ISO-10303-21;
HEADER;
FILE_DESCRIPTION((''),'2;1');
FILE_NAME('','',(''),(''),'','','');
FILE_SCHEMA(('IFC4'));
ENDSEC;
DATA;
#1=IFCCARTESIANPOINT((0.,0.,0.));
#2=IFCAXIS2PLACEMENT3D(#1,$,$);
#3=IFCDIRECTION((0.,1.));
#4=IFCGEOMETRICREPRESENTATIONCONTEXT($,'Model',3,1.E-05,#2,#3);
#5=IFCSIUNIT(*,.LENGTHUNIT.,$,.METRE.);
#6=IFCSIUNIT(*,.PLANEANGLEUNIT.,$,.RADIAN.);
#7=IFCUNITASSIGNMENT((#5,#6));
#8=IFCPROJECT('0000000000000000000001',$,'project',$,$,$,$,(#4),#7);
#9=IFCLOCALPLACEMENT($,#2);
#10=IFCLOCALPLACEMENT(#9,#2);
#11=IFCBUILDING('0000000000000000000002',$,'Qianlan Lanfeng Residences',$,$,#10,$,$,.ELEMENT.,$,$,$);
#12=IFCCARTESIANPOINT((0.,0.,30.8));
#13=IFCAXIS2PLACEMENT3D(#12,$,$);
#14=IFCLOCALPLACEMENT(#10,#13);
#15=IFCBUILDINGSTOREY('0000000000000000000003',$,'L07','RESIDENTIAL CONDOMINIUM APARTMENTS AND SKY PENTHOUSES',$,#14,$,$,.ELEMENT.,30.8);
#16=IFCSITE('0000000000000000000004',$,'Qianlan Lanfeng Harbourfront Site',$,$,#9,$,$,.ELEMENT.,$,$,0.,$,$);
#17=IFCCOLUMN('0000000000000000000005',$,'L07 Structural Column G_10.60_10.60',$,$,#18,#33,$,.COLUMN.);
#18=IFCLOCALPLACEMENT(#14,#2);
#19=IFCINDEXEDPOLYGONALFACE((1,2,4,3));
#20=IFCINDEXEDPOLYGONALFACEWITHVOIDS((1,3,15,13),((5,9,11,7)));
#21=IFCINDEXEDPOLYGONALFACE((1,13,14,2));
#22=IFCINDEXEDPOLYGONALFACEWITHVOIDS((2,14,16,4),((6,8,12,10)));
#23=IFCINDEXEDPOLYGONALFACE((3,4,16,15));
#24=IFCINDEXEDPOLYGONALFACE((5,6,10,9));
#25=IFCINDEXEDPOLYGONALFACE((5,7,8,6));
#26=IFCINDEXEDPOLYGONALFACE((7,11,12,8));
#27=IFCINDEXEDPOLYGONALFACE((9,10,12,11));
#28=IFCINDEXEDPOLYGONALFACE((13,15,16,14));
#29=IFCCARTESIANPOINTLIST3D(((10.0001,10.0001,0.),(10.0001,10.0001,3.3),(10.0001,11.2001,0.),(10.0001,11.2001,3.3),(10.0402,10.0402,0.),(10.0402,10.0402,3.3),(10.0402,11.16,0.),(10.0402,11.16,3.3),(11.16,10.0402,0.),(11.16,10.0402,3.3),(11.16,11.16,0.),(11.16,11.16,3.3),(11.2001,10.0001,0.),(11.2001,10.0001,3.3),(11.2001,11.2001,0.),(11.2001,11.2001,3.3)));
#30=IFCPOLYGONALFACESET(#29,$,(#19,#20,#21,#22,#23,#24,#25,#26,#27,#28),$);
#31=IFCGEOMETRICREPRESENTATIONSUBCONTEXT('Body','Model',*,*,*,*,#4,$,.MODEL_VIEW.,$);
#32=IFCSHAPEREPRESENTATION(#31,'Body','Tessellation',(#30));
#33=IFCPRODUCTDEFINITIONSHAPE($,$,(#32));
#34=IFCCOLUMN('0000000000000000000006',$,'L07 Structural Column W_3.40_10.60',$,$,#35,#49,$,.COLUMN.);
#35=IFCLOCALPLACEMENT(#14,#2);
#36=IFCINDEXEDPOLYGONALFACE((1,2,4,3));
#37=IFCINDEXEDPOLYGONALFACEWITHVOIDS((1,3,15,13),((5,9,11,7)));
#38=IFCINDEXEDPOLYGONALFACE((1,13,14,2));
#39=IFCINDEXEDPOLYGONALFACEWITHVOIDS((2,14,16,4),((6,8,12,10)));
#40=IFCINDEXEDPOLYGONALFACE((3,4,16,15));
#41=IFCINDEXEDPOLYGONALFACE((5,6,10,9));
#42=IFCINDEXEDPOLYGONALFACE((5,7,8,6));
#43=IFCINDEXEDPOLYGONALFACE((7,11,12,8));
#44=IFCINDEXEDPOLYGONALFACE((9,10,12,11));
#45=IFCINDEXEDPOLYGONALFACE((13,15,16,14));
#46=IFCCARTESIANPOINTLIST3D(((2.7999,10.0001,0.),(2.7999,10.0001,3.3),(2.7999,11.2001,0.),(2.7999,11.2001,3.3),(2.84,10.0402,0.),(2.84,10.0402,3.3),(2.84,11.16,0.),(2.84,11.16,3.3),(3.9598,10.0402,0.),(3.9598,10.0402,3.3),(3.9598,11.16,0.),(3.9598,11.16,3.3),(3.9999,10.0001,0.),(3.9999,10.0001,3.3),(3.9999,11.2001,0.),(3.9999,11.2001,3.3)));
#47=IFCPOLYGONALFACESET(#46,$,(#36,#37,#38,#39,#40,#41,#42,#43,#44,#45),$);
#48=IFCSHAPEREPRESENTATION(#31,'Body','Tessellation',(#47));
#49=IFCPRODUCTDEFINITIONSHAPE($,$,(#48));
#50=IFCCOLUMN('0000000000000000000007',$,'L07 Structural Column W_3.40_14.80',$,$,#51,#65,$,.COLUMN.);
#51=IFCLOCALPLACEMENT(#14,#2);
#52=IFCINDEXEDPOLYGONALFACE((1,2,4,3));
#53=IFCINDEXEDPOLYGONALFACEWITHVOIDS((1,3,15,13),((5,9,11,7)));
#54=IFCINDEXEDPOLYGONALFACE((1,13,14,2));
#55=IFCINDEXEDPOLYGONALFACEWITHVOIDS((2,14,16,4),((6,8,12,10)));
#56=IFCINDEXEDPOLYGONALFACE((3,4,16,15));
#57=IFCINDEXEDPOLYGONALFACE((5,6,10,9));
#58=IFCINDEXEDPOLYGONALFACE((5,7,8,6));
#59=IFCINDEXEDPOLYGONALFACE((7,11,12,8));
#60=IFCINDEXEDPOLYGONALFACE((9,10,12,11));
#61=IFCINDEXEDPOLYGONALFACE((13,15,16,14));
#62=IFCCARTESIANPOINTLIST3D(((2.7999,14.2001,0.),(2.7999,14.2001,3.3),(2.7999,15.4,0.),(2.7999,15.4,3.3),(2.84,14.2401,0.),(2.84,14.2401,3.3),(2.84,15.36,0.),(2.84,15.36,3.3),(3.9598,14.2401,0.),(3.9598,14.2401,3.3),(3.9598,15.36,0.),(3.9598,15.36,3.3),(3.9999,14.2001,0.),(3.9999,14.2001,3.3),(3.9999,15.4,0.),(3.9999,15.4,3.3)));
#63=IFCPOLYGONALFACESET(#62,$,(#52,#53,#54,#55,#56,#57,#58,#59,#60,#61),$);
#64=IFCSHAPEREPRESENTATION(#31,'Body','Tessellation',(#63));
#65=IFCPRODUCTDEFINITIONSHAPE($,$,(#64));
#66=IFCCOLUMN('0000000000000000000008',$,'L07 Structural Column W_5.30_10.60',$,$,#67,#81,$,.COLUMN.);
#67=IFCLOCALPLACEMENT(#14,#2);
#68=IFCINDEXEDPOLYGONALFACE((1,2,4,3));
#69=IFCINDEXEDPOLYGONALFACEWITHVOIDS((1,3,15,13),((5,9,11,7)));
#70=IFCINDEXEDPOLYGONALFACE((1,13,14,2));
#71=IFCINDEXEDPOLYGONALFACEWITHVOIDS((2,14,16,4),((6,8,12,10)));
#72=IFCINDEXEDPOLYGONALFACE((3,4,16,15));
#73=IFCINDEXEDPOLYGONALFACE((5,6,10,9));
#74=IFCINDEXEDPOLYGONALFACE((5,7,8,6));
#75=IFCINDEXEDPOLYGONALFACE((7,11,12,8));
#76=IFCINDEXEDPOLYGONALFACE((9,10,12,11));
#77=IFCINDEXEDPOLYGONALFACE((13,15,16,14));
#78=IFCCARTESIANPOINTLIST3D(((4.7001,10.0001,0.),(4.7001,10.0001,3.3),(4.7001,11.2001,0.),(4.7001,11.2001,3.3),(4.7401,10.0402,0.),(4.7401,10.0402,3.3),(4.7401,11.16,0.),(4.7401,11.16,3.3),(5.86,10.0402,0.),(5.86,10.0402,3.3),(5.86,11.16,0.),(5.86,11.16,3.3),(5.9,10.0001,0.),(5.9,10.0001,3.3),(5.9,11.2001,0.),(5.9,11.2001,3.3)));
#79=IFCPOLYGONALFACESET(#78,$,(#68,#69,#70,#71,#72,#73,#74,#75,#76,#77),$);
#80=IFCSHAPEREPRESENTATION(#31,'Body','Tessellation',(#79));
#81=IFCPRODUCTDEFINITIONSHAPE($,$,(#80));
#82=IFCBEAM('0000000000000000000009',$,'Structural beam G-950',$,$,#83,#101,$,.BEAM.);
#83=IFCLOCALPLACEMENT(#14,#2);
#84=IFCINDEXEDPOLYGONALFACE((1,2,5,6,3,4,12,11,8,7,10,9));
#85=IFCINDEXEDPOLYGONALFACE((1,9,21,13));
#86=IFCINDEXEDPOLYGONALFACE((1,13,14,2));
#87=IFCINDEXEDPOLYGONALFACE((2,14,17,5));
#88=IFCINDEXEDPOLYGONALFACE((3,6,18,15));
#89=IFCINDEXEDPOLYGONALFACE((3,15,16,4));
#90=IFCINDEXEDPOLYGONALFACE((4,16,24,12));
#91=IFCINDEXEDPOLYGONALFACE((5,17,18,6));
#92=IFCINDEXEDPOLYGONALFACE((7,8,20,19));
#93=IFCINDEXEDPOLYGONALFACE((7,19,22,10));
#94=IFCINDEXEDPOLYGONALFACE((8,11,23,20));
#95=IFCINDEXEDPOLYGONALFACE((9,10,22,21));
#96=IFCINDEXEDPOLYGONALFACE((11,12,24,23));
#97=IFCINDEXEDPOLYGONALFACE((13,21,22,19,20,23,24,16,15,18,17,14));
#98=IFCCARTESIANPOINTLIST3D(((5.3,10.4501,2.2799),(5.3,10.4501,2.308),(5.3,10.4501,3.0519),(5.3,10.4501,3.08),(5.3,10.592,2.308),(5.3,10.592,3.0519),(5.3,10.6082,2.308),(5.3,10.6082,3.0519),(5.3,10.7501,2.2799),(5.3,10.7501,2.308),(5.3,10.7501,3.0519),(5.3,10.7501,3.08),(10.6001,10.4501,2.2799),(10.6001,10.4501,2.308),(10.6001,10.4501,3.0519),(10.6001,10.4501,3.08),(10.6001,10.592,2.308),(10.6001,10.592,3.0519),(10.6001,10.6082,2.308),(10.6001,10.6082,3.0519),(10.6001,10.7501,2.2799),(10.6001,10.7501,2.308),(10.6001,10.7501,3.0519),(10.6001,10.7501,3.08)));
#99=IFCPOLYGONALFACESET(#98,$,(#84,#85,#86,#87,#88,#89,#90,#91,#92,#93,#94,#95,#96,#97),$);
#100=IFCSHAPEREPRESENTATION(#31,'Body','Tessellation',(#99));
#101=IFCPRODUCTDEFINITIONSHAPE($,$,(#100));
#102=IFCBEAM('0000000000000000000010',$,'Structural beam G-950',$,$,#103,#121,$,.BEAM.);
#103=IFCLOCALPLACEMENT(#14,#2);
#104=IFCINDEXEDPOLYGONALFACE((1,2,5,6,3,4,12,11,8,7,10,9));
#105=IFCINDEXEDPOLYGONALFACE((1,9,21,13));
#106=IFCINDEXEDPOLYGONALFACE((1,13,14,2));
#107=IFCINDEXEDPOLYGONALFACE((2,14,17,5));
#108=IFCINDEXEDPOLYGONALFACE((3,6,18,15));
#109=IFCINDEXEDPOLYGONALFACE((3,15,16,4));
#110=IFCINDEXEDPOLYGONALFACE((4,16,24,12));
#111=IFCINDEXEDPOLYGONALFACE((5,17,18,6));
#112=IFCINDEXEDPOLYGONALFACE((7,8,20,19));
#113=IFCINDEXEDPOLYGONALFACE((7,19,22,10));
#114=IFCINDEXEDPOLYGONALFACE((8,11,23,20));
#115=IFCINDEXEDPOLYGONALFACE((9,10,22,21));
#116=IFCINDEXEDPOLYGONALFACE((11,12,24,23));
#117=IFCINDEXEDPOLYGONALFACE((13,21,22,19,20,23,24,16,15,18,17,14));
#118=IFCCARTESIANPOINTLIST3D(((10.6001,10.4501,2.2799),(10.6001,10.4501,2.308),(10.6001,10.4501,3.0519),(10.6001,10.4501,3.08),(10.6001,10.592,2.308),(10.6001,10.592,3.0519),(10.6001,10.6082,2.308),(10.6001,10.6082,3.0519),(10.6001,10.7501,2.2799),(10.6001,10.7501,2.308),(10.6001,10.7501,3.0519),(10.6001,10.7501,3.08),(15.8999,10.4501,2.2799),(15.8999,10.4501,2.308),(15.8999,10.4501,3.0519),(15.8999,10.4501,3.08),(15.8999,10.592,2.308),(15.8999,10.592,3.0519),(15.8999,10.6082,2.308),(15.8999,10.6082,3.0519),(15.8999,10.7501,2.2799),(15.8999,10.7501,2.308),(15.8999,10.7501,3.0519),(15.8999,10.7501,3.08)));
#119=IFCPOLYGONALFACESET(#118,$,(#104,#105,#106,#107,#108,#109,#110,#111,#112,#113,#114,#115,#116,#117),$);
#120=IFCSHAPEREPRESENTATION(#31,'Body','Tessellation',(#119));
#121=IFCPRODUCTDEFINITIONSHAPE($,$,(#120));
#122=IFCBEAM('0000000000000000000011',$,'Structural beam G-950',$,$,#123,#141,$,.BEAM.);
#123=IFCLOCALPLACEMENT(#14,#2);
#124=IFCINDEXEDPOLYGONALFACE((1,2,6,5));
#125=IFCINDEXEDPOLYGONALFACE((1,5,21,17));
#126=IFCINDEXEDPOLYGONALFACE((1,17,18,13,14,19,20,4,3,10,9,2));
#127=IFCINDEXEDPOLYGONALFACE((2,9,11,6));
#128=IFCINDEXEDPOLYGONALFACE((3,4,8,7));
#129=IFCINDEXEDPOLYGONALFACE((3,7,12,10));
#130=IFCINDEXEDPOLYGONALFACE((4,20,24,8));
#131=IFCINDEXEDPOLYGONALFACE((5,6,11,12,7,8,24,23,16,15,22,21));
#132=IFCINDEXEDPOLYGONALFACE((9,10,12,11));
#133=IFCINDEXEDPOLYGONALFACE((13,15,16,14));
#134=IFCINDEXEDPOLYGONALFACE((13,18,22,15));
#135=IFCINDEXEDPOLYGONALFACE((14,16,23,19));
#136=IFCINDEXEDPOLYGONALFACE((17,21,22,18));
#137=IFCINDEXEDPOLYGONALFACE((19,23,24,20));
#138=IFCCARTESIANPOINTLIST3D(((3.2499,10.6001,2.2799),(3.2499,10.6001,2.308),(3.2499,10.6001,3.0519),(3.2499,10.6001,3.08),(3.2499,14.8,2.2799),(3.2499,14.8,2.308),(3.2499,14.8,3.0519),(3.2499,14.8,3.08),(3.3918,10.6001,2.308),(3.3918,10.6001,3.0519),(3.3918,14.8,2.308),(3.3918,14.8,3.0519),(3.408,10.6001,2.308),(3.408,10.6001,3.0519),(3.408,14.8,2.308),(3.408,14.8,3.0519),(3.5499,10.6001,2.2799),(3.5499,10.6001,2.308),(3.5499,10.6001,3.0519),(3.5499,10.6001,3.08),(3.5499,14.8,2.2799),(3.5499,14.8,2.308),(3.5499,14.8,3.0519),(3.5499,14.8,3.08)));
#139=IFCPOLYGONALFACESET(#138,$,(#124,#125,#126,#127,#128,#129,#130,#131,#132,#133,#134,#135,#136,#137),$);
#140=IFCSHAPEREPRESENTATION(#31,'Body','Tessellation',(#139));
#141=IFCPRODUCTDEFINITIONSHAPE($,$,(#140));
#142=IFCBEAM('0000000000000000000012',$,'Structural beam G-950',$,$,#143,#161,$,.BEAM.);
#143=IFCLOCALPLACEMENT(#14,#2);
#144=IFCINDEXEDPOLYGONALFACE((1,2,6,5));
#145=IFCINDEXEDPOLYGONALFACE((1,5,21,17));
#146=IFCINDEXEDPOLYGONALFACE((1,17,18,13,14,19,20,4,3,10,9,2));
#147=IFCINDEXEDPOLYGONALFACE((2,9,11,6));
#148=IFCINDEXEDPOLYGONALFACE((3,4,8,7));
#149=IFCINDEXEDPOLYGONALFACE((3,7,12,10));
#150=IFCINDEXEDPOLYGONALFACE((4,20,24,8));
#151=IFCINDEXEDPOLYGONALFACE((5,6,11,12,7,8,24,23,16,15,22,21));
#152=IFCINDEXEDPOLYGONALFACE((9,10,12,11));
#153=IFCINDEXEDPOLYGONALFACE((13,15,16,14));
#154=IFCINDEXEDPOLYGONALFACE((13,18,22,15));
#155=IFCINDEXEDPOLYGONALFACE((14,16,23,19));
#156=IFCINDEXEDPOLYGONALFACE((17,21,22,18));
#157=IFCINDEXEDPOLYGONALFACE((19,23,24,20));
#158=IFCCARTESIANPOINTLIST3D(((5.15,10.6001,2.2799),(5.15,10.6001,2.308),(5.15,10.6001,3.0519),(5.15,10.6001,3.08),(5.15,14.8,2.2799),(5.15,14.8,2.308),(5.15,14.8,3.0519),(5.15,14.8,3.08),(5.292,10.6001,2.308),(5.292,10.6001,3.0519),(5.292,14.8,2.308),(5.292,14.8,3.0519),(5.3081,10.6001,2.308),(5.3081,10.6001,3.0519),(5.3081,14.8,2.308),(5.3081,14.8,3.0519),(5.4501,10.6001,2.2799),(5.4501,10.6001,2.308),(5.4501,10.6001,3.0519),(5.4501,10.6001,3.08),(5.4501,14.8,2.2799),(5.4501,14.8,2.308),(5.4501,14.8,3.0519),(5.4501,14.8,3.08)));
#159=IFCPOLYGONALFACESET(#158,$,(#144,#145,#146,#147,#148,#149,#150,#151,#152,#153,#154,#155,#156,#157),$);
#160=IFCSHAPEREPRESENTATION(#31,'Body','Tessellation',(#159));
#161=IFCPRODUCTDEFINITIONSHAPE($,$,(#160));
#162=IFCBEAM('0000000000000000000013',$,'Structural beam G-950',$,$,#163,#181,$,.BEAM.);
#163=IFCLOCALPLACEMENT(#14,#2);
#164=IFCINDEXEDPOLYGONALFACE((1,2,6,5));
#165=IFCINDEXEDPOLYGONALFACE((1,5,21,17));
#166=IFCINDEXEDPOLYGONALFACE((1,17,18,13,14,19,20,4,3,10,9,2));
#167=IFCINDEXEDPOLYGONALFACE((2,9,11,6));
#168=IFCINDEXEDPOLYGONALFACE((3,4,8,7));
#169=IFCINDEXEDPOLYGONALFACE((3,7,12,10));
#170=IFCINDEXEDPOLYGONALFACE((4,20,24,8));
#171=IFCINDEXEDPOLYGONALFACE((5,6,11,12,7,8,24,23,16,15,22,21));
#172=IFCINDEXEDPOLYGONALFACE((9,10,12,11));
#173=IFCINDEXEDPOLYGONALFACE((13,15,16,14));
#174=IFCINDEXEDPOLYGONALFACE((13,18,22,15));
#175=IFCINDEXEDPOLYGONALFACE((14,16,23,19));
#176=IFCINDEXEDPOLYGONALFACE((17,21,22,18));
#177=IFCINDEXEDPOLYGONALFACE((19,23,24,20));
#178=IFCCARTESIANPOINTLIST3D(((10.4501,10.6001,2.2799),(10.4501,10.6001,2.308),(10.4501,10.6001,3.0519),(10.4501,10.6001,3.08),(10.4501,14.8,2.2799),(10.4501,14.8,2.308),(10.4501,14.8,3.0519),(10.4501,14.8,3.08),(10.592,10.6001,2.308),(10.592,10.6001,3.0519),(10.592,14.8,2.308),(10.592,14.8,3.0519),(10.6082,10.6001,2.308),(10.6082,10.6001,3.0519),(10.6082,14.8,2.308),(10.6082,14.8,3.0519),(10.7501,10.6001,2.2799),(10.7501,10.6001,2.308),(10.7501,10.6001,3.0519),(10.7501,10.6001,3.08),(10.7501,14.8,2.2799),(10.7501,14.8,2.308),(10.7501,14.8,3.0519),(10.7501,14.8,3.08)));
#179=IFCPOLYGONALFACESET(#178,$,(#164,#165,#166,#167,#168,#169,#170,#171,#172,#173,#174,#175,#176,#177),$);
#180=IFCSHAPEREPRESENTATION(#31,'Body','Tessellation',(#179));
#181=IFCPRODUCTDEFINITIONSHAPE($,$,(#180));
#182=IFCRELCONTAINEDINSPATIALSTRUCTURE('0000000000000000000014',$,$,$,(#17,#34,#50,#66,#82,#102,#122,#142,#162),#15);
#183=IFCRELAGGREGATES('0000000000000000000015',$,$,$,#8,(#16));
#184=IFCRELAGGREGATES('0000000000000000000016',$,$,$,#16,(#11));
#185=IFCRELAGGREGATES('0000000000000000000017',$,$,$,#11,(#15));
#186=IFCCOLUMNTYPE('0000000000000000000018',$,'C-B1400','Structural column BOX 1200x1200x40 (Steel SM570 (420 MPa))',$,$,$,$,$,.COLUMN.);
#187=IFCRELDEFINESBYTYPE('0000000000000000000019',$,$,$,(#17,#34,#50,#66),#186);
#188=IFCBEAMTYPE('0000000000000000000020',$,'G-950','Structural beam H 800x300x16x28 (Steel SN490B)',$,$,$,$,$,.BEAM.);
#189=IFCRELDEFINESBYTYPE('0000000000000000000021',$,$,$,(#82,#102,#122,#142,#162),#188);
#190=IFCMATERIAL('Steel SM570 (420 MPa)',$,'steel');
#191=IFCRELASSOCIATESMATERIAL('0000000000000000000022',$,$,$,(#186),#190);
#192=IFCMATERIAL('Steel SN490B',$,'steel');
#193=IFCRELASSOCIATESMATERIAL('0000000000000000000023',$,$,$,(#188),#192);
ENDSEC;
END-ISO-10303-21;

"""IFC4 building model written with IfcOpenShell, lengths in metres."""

from ifc_helpers import new_model, si_unit, direction, frame, origin, origin_2d, place, context, subcontext, project, spatial, hollow_rectangle, i_section, extrude, material, material_profile, profile_set, type_object, element, save


model = new_model("IFC4")

# Units and contexts
model_context = context("Model", 3, precision=1e-05, world=origin(), true_north=direction((0.0, 1.0)))
body_context = subcontext(model_context, "Body", "Model", "MODEL_VIEW")
ifc_project = project(units=[si_unit("LENGTHUNIT", "METRE"), si_unit("PLANEANGLEUNIT", "RADIAN")], contexts=[model_context])

# Site, building, storey
site_placement = place(None, origin())
site = spatial("IfcSite", under=ifc_project, at=site_placement, Name="Qianlan Lanfeng Harbourfront Site", CompositionType="ELEMENT", RefElevation=0.0)
building_placement = place(site_placement, origin())
building = spatial("IfcBuilding", under=site, at=building_placement, Name="Qianlan Lanfeng Residences", CompositionType="ELEMENT")
storey_placement = place(building_placement, frame((0.0, 0.0, 30.8)))
storey = spatial("IfcBuildingStorey", under=building, at=storey_placement, Name="L07", Description="RESIDENTIAL CONDOMINIUM APARTMENTS AND SKY PENTHOUSES", CompositionType="ELEMENT", Elevation=30.8)

# Columns
ifc_material_1 = material(Name="Steel SM570 (420 MPa)", Category="steel")
ifc_material_profile_1 = material_profile(ifc_material_1, hollow_rectangle(XDim=1.2, YDim=1.2, WallThickness=0.04, at=origin_2d()), Name="BOX 1200x1200x40")
ifc_profile_set_1 = profile_set([ifc_material_profile_1], Name="Steel SM570 (420 MPa)")
column_type = type_object("IfcColumnType", Name="C-B1400", Description="Structural column BOX 1200x1200x40 (Steel SM570 (420 MPa))", PredefinedType="COLUMN", material=ifc_profile_set_1)
for number, where, z_axis, x_axis, name in (
    (1, (10.6001, 10.6001, 0.0), (0.0, 0.0, 1.0), (1.0, 0.0, 0.0), "L07 Structural Column G_10.60_10.60"),
    (2, (3.3999, 10.6001, 0.0), (0.0, 0.0, 1.0), (1.0, 0.0, 0.0), "L07 Structural Column W_3.40_10.60"),
    (3, (3.3999, 14.8, 0.0), (0.0, 0.0, 1.0), (1.0, 0.0, 0.0), "L07 Structural Column W_3.40_14.80"),
    (4, (5.3, 10.6001, 0.0), (0.0, 0.0, 1.0), (1.0, 0.0, 0.0), "L07 Structural Column W_5.30_10.60"),
):
    element("IfcColumn", number, at=place(storey_placement, frame(where, z_axis=z_axis, x_axis=x_axis)), inside=storey, type_object=column_type, Name=name, PredefinedType="COLUMN", context=body_context, shape_type="SweptSolid", body=[
        extrude(hollow_rectangle(XDim=1.2, YDim=1.2, WallThickness=0.04, at=origin_2d()), origin(), (0.0, 0.0, 1.0), 3.3),
    ])

# Beams
ifc_material_2 = material(Name="Steel SN490B", Category="steel")
ifc_material_profile_2 = material_profile(ifc_material_2, i_section(OverallWidth=0.3, OverallDepth=0.8, WebThickness=0.0161, FlangeThickness=0.0281, at=origin_2d()), Name="H 800x300x16x28")
ifc_profile_set_2 = profile_set([ifc_material_profile_2], Name="Steel SN490B")
beam_type = type_object("IfcBeamType", Name="G-950", Description="Structural beam H 800x300x16x28 (Steel SN490B)", PredefinedType="BEAM", material=ifc_profile_set_2)
beam_1_placement = place(storey_placement, frame((5.3, 10.6001, 2.6799), z_axis=(1.0, 0.0, 0.0), x_axis=(0.0, 1.0, 0.0)))
element("IfcBeam", 5, at=beam_1_placement, inside=storey, type_object=beam_type, Name="Structural beam G-950", PredefinedType="BEAM", context=body_context, shape_type="SweptSolid", body=[
    extrude(i_section(OverallWidth=0.3, OverallDepth=0.8, WebThickness=0.0161, FlangeThickness=0.0281, at=origin_2d()), origin(), (0.0, 0.0, 1.0), 5.3),
])
beam_2_placement = place(storey_placement, frame((10.6001, 10.6001, 2.6799), z_axis=(1.0, 0.0, 0.0), x_axis=(0.0, 1.0, 0.0)))
element("IfcBeam", 6, at=beam_2_placement, inside=storey, type_object=beam_type, Name="Structural beam G-950", PredefinedType="BEAM", context=body_context, shape_type="SweptSolid", body=[
    extrude(i_section(OverallWidth=0.3, OverallDepth=0.8, WebThickness=0.0161, FlangeThickness=0.0281, at=origin_2d()), origin(), (0.0, 0.0, 1.0), 5.2998),
])
for number, where, z_axis, x_axis, name in (
    (7, (3.3999, 10.6001, 2.6799), (0.0, 1.0, 0.0), (-1.0, 0.0, 0.0), "Structural beam G-950"),
    (8, (5.3, 10.6001, 2.6799), (0.0, 1.0, 0.0), (-1.0, 0.0, 0.0), "Structural beam G-950"),
    (9, (10.6001, 10.6001, 2.6799), (0.0, 1.0, 0.0), (-1.0, 0.0, 0.0), "Structural beam G-950"),
):
    element("IfcBeam", number, at=place(storey_placement, frame(where, z_axis=z_axis, x_axis=x_axis)), inside=storey, type_object=beam_type, Name=name, PredefinedType="BEAM", context=body_context, shape_type="SweptSolid", body=[
        extrude(i_section(OverallWidth=0.3, OverallDepth=0.8, WebThickness=0.0161, FlangeThickness=0.0281, at=origin_2d()), origin(), (0.0, 0.0, 1.0), 4.2),
    ])

save(model, "model.ifc")
